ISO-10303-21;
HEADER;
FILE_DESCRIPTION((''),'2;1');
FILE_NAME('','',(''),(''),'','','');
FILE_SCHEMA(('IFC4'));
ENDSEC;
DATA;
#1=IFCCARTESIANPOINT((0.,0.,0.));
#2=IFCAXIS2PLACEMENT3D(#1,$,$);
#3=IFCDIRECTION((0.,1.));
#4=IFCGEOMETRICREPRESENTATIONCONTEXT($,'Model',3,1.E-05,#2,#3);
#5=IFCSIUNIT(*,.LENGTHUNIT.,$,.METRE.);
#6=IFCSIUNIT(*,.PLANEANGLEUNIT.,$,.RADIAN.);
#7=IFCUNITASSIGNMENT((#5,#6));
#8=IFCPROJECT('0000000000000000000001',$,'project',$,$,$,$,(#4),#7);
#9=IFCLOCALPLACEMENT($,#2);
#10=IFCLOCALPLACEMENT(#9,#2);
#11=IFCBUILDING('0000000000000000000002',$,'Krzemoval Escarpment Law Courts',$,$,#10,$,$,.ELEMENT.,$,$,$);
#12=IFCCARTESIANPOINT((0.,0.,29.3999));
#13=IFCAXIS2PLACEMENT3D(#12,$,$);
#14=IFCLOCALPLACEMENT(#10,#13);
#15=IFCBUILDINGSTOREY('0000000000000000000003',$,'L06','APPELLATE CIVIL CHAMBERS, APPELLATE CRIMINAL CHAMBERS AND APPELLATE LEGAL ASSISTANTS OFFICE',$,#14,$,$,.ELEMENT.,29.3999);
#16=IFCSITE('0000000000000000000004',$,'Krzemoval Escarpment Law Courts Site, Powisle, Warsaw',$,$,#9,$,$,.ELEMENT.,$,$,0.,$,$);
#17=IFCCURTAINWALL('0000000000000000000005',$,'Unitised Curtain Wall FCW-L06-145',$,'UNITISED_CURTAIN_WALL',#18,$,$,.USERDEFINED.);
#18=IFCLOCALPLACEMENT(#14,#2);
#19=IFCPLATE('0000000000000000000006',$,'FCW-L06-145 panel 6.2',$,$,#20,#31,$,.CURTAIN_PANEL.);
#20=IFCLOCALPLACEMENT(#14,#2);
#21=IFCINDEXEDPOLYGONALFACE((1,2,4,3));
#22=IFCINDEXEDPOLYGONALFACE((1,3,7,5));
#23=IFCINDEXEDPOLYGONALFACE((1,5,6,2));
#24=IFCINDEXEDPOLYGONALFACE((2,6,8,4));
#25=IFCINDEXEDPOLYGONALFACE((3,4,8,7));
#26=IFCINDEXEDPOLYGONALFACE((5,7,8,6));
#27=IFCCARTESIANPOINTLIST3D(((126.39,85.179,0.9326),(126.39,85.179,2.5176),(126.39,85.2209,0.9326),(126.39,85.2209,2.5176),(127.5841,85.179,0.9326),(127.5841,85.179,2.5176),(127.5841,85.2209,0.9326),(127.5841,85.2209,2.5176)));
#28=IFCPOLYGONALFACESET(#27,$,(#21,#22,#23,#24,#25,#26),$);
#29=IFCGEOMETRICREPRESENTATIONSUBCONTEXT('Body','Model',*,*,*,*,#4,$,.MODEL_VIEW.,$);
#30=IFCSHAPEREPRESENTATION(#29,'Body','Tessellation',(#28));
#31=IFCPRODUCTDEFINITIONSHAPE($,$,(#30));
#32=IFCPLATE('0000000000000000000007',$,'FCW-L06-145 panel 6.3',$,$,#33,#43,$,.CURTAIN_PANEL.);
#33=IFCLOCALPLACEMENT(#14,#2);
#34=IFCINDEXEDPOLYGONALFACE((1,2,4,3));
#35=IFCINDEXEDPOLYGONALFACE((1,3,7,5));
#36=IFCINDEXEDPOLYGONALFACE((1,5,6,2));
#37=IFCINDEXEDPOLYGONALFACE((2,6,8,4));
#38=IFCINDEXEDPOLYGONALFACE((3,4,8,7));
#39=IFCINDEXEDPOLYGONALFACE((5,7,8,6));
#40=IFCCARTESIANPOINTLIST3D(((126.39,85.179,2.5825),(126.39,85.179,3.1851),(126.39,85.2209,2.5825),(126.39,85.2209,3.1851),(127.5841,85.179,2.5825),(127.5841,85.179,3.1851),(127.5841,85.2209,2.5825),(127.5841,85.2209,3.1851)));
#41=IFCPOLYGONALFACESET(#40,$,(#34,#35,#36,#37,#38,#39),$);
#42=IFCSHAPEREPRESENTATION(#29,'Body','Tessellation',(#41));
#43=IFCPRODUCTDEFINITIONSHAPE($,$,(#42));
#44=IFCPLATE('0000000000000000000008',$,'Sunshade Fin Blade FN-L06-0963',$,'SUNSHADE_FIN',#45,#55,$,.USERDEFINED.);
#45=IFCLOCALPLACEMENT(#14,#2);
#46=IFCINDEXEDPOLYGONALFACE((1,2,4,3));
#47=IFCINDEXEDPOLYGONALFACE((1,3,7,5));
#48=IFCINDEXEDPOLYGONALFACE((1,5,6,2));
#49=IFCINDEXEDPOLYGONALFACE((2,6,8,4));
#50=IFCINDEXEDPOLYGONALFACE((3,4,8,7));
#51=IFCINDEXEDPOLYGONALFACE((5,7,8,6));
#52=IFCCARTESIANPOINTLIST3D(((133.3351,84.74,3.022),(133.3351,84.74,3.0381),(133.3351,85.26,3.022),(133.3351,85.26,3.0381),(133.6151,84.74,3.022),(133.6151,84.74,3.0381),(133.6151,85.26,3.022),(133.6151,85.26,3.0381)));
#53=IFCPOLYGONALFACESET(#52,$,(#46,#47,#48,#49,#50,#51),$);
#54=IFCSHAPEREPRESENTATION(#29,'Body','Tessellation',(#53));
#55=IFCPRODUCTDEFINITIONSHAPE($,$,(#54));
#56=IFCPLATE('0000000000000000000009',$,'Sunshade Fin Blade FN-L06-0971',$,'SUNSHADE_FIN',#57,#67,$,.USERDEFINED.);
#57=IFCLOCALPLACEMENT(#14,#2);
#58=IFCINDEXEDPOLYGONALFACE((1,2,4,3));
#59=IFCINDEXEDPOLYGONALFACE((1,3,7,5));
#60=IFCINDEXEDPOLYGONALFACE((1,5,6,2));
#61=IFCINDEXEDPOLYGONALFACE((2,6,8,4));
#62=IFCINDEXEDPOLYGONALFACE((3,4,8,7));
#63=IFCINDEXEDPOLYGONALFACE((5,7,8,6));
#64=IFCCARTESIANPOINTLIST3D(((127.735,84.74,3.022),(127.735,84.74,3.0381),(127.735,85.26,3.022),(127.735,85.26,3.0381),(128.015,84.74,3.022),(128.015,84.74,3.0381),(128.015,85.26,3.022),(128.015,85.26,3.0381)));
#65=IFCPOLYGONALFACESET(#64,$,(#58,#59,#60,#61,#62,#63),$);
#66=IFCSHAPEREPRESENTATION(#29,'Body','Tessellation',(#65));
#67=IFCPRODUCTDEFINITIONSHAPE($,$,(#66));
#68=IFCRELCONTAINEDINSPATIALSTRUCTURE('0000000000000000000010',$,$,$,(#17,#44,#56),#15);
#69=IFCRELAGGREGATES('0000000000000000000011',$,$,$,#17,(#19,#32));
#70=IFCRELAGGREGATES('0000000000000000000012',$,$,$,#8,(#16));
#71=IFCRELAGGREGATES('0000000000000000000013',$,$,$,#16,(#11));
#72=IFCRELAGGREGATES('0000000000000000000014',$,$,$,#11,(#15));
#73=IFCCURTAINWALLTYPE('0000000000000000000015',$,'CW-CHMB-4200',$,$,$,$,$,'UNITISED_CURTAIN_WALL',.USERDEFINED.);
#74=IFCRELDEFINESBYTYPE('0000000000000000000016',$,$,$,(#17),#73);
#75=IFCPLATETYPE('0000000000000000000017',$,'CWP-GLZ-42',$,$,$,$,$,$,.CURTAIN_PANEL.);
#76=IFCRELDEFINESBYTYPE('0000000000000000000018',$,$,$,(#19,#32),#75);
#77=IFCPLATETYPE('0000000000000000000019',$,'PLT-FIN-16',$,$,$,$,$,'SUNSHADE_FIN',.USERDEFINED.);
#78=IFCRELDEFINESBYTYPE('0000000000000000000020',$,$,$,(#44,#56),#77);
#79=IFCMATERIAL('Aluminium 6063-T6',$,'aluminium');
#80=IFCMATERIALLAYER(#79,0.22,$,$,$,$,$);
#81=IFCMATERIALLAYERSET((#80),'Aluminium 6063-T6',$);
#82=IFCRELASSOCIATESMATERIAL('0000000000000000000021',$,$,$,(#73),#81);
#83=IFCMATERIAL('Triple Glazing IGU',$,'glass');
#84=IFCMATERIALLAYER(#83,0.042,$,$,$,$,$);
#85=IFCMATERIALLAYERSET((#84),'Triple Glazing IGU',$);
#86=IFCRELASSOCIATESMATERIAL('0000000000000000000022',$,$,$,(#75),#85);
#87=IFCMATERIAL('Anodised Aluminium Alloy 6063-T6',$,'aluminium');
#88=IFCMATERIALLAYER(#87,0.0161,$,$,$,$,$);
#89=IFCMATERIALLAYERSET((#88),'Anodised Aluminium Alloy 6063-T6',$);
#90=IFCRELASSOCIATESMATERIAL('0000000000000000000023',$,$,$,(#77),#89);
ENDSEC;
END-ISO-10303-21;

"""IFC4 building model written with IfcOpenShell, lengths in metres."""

from ifc_helpers import new_model, si_unit, direction, frame, origin, origin_2d, place, context, subcontext, project, spatial, rectangle, extrude, material, layer, layer_set, type_object, element, aggregate, save


model = new_model("IFC4")

# Units and contexts
model_context = context("Model", 3, precision=1e-05, world=origin(), true_north=direction((0.0, 1.0)))
body_context = subcontext(model_context, "Body", "Model", "MODEL_VIEW")
ifc_project = project(units=[si_unit("LENGTHUNIT", "METRE"), si_unit("PLANEANGLEUNIT", "RADIAN")], contexts=[model_context])

# Site, building, storey
site_placement = place(None, origin())
site = spatial("IfcSite", under=ifc_project, at=site_placement, Name="Krzemoval Escarpment Law Courts Site, Powisle, Warsaw", CompositionType="ELEMENT", RefElevation=0.0)
building_placement = place(site_placement, origin())
building = spatial("IfcBuilding", under=site, at=building_placement, Name="Krzemoval Escarpment Law Courts", CompositionType="ELEMENT")
storey_placement = place(building_placement, frame((0.0, 0.0, 29.3999)))
storey = spatial("IfcBuildingStorey", under=building, at=storey_placement, Name="L06", Description="APPELLATE CIVIL CHAMBERS, APPELLATE CRIMINAL CHAMBERS AND APPELLATE LEGAL ASSISTANTS OFFICE", CompositionType="ELEMENT", Elevation=29.3999)

# Curtain wall
ifc_material_1 = material(Name="Aluminium 6063-T6", Category="aluminium")
ifc_layer_1 = layer(ifc_material_1, 0.22)
ifc_layer_set_1 = layer_set([ifc_layer_1], Name="Aluminium 6063-T6")
curtain_wall_type = type_object("IfcCurtainWallType", Name="CW-CHMB-4200", ElementType="UNITISED_CURTAIN_WALL", PredefinedType="USERDEFINED", material=ifc_layer_set_1)
curtain_wall_placement = place(storey_placement, origin())
curtain_wall = element("IfcCurtainWall", 1, at=curtain_wall_placement, inside=storey, type_object=curtain_wall_type, Name="Unitised Curtain Wall FCW-L06-145", ObjectType="UNITISED_CURTAIN_WALL", PredefinedType="USERDEFINED")

# Plates
ifc_material_2 = material(Name="Triple Glazing IGU", Category="glass")
ifc_layer_2 = layer(ifc_material_2, 0.042)
ifc_layer_set_2 = layer_set([ifc_layer_2], Name="Triple Glazing IGU")
plate_type_1 = type_object("IfcPlateType", Name="CWP-GLZ-42", PredefinedType="CURTAIN_PANEL", material=ifc_layer_set_2)
plate_1_placement = place(storey_placement, frame((126.9871, 85.2, 0.9326), z_axis=(0.0, 0.0, 1.0), x_axis=(-1.0, 0.0, 0.0)))
plate_1 = element("IfcPlate", 2, at=plate_1_placement, type_object=plate_type_1, Name="FCW-L06-145 panel 6.2", PredefinedType="CURTAIN_PANEL", context=body_context, shape_type="SweptSolid", body=[
    extrude(rectangle(XDim=1.1941, YDim=0.042, at=origin_2d()), origin(), (0.0, 0.0, 1.0), 1.585),
])
plate_2_placement = place(storey_placement, frame((126.9871, 85.2, 2.5825), z_axis=(0.0, 0.0, 1.0), x_axis=(-1.0, 0.0, 0.0)))
plate_2 = element("IfcPlate", 3, at=plate_2_placement, type_object=plate_type_1, Name="FCW-L06-145 panel 6.3", PredefinedType="CURTAIN_PANEL", context=body_context, shape_type="SweptSolid", body=[
    extrude(rectangle(XDim=1.1941, YDim=0.042, at=origin_2d()), origin(), (0.0, 0.0, 1.0), 0.6025),
])
aggregate(curtain_wall, [plate_1, plate_2])

# Plates
ifc_material_3 = material(Name="Anodised Aluminium Alloy 6063-T6", Category="aluminium")
ifc_layer_3 = layer(ifc_material_3, 0.0161)
ifc_layer_set_3 = layer_set([ifc_layer_3], Name="Anodised Aluminium Alloy 6063-T6")
plate_type_2 = type_object("IfcPlateType", Name="PLT-FIN-16", ElementType="SUNSHADE_FIN", PredefinedType="USERDEFINED", material=ifc_layer_set_3)
for number, where, z_axis, x_axis, name in (
    (4, (133.4751, 85.0, 3.022), (0.0, 0.0, 1.0), (0.0, -1.0, 0.0), "Sunshade Fin Blade FN-L06-0963"),
    (5, (127.875, 85.0, 3.022), (0.0, 0.0, 1.0), (0.0, -1.0, 0.0), "Sunshade Fin Blade FN-L06-0971"),
):
    element("IfcPlate", number, at=place(storey_placement, frame(where, z_axis=z_axis, x_axis=x_axis)), inside=storey, type_object=plate_type_2, Name=name, ObjectType="SUNSHADE_FIN", PredefinedType="USERDEFINED", context=body_context, shape_type="SweptSolid", body=[
        extrude(rectangle(XDim=0.52, YDim=0.28, at=origin_2d()), origin(), (0.0, 0.0, 1.0), 0.0161),
    ])

save(model, "model.ifc")
